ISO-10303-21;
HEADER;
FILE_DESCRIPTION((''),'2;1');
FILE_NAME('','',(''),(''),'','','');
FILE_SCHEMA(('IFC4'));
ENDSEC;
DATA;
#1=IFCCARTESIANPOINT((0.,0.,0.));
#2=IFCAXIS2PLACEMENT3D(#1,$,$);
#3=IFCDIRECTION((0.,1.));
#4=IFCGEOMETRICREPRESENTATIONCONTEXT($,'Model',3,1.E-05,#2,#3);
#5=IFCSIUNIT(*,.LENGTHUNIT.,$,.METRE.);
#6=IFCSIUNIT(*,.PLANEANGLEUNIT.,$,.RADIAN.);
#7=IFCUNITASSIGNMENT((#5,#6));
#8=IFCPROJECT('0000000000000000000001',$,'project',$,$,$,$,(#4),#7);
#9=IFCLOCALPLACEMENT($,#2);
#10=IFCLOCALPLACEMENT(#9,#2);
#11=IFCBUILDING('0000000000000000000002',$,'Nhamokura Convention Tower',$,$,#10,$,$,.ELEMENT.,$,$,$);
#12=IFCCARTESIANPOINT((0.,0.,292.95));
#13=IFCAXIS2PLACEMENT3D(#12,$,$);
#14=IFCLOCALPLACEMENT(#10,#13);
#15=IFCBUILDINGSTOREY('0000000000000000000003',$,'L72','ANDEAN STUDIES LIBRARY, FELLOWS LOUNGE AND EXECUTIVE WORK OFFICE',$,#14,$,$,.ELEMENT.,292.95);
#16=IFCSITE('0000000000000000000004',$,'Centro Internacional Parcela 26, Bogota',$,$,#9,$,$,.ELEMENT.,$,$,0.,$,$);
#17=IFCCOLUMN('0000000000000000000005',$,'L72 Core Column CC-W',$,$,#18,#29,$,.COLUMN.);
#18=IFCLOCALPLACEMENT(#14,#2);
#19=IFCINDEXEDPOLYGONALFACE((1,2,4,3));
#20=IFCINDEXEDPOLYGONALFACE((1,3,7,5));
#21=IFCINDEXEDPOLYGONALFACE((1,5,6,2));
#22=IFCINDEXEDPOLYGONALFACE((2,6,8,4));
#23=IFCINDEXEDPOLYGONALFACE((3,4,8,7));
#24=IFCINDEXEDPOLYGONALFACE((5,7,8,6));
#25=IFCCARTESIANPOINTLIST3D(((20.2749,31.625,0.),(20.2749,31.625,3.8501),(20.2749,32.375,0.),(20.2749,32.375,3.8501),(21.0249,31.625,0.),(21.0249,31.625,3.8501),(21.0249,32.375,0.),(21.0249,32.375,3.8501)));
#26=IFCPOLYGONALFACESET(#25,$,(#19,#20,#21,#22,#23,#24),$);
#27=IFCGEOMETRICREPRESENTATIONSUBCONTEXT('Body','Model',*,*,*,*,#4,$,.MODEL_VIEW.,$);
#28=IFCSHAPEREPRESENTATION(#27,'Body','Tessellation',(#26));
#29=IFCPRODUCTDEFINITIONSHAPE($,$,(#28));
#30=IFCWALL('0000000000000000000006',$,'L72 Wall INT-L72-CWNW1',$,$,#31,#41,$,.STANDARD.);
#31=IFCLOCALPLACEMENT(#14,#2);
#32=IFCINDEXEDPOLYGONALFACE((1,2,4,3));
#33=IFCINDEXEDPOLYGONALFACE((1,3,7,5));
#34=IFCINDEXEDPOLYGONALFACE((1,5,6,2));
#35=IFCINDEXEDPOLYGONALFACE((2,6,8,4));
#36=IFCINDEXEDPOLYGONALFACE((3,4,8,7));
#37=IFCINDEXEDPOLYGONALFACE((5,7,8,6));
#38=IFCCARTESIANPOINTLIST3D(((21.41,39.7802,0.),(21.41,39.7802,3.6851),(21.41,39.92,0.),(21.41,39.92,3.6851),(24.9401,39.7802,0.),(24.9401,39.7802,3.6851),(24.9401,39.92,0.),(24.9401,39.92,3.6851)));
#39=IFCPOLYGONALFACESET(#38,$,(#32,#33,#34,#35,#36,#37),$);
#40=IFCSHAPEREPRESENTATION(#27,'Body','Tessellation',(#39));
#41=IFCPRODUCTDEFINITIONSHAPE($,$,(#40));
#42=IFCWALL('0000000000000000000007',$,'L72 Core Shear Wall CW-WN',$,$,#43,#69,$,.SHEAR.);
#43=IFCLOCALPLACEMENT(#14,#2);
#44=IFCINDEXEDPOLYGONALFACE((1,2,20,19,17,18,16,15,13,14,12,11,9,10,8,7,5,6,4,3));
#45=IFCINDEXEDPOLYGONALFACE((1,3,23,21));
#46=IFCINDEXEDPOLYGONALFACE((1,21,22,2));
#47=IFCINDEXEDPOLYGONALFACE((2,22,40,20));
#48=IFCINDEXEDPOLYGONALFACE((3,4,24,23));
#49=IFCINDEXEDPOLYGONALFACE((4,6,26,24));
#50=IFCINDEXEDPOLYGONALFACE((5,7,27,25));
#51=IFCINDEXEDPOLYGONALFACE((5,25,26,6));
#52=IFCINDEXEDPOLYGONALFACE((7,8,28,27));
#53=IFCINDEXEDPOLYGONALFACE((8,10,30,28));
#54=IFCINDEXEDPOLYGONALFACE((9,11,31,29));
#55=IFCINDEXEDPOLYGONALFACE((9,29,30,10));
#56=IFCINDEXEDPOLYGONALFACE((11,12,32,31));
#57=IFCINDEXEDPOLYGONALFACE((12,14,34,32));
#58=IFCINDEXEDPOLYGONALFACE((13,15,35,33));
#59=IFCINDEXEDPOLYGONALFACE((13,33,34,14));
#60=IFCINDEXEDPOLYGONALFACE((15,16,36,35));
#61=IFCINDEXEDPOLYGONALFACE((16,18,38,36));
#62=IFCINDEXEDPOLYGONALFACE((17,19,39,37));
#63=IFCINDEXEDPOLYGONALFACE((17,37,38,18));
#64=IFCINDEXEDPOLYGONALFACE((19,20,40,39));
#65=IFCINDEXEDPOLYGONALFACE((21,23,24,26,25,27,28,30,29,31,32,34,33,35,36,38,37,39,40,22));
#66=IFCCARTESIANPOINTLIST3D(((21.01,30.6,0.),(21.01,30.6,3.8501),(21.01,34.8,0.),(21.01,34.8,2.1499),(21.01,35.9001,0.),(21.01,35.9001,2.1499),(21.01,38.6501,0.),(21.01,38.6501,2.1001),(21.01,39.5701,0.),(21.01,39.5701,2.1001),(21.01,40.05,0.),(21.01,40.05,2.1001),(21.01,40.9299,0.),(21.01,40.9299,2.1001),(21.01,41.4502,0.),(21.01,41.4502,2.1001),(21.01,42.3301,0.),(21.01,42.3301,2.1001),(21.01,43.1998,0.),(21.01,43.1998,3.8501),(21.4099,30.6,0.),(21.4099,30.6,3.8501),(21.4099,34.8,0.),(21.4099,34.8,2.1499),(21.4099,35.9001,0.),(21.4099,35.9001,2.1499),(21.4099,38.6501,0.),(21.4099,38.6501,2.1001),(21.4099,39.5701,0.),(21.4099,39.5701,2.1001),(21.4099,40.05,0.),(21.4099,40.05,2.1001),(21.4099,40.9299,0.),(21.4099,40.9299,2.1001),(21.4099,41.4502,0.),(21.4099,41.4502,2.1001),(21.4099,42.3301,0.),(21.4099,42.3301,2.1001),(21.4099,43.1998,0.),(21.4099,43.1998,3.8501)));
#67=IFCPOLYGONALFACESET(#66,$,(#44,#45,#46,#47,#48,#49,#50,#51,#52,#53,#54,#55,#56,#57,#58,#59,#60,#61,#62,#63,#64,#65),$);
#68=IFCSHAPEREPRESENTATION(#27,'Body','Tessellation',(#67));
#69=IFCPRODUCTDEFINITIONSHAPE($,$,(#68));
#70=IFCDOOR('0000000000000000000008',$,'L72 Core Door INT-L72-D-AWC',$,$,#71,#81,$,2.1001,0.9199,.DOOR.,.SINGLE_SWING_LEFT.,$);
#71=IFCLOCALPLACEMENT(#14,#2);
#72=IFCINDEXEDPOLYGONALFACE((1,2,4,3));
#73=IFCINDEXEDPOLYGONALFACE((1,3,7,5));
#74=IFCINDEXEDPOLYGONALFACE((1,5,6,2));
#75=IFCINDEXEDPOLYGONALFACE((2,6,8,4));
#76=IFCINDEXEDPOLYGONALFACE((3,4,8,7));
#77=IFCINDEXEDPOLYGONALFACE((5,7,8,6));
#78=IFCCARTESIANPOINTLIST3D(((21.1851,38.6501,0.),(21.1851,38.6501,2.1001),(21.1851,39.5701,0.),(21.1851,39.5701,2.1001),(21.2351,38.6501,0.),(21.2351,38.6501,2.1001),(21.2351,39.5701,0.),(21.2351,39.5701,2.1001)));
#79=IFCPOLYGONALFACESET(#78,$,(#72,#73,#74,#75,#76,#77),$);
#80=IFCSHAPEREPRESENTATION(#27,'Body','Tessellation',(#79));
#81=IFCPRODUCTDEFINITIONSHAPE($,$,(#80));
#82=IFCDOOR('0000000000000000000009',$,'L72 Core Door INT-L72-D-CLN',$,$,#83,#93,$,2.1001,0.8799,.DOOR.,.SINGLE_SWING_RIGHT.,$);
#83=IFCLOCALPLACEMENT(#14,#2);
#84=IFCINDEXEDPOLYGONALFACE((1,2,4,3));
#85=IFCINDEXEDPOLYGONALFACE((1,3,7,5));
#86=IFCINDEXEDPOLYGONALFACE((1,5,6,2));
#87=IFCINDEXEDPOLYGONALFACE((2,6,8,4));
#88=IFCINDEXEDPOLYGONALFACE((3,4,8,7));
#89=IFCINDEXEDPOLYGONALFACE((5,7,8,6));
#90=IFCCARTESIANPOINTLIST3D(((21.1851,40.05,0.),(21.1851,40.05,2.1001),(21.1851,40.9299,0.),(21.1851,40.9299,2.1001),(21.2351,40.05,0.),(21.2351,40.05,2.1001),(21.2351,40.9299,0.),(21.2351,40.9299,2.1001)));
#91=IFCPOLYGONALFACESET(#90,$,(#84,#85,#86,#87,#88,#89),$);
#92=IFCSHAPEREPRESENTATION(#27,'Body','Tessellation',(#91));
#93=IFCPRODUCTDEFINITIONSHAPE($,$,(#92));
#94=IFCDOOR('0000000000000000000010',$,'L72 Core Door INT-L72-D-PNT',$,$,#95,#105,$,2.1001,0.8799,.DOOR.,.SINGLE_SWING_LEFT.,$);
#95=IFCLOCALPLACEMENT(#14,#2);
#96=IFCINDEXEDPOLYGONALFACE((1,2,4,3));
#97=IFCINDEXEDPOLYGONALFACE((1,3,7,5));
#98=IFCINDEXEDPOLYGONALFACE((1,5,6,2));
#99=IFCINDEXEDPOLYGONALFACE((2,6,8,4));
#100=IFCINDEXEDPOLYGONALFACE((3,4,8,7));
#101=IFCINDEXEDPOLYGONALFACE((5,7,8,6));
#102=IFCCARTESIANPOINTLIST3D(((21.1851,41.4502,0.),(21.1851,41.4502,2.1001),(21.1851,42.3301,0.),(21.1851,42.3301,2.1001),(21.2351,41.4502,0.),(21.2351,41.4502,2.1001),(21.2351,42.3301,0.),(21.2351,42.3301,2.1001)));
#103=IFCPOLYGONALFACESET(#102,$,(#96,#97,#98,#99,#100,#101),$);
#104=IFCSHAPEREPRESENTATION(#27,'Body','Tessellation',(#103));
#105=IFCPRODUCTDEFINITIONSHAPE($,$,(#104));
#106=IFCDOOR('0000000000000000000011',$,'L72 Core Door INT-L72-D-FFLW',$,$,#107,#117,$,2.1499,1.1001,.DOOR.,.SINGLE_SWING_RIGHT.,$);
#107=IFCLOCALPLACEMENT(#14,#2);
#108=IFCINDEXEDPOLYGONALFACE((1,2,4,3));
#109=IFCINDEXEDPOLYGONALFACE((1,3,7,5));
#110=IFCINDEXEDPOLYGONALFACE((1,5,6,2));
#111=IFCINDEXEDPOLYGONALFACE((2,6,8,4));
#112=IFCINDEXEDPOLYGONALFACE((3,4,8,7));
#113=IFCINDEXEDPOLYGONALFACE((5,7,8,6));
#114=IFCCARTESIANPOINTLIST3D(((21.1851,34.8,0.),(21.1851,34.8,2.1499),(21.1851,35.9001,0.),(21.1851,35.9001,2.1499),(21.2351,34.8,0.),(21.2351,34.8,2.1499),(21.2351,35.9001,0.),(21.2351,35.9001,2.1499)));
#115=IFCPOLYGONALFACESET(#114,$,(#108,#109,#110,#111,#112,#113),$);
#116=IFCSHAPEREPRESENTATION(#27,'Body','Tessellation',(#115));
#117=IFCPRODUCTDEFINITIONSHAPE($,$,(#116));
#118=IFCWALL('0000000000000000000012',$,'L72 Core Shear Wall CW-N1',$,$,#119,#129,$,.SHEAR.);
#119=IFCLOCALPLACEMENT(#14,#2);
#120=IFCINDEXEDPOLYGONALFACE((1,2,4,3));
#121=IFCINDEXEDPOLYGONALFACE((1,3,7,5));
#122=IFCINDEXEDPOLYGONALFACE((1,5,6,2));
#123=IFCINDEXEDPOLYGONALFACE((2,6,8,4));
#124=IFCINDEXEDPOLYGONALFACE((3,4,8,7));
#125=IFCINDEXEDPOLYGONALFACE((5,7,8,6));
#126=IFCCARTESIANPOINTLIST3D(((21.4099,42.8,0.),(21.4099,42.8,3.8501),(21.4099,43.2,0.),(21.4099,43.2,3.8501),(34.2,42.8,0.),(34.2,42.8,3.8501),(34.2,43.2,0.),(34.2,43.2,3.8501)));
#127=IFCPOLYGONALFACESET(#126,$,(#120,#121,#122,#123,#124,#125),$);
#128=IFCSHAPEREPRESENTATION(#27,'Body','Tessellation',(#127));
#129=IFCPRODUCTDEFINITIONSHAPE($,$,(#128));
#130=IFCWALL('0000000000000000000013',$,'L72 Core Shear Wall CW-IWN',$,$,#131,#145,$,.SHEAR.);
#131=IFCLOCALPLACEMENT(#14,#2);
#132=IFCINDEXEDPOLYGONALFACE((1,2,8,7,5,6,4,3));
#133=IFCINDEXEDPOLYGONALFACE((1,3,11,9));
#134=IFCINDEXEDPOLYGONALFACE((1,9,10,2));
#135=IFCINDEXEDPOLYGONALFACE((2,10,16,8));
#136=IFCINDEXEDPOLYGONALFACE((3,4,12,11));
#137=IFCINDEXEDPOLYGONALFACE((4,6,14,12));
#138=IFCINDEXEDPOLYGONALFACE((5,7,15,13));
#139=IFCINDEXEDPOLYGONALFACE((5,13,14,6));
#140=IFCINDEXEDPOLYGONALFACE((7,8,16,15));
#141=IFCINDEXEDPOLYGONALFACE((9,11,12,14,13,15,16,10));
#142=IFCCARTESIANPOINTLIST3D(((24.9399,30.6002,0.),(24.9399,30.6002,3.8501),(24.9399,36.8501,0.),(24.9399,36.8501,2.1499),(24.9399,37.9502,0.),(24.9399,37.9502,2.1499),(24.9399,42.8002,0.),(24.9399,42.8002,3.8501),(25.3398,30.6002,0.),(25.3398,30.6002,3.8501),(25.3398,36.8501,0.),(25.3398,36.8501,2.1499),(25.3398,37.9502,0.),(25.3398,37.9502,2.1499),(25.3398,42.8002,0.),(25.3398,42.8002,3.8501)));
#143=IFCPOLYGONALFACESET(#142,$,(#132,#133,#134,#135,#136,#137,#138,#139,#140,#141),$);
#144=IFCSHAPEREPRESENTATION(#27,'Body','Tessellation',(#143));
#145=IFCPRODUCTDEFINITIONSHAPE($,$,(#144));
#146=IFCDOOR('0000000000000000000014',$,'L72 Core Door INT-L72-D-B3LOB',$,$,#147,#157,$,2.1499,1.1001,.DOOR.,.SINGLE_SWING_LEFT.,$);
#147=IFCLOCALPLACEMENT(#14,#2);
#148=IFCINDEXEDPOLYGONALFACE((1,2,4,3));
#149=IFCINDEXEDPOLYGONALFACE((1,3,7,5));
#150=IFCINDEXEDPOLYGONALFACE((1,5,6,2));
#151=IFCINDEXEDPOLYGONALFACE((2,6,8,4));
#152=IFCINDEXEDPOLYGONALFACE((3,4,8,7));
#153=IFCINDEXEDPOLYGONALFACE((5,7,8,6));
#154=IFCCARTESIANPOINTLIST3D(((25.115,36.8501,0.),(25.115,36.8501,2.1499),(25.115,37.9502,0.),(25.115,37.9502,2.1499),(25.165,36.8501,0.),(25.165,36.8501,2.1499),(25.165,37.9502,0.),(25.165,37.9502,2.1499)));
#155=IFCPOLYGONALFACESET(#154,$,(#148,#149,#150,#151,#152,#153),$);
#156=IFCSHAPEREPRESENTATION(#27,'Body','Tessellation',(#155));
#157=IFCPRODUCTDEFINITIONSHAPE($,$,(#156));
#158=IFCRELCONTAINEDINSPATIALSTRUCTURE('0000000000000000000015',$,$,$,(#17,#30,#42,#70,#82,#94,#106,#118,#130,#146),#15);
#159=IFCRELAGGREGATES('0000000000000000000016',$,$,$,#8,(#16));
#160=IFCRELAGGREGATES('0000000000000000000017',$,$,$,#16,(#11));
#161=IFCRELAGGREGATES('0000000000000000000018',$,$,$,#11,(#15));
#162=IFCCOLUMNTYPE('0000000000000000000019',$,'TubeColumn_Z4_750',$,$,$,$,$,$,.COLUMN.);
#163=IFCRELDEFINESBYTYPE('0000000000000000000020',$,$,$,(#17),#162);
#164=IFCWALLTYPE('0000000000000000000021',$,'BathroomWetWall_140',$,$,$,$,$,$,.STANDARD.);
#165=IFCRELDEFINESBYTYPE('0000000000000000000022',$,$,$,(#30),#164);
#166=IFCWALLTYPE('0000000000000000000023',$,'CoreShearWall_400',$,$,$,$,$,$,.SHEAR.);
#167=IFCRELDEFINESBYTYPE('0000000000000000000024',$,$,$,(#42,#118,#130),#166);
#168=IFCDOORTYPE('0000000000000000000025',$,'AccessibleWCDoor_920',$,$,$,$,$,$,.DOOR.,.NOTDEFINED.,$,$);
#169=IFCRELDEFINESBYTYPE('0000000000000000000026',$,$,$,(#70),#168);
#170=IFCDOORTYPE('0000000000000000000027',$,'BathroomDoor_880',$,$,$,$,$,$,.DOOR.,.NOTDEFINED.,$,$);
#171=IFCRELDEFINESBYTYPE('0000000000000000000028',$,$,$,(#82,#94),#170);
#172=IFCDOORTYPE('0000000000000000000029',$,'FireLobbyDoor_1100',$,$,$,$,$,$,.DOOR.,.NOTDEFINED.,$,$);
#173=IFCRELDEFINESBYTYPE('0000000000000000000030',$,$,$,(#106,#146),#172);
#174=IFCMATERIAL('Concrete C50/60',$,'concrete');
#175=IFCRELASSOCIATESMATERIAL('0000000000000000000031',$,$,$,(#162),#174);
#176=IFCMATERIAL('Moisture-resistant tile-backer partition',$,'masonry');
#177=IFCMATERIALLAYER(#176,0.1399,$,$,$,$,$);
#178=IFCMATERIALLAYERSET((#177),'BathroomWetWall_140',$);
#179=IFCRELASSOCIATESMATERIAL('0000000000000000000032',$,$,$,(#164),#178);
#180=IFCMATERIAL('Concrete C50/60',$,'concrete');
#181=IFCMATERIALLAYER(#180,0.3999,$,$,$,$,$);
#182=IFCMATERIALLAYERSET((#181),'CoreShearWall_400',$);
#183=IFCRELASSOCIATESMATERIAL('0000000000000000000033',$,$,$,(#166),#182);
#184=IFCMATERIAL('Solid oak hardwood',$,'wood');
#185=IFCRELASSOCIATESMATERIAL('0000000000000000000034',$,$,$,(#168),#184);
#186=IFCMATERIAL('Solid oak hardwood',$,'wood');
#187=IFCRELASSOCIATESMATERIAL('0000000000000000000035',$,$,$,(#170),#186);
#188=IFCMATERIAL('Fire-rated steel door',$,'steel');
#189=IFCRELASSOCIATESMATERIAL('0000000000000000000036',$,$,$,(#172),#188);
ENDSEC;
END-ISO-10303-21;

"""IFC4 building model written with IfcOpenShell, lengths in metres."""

from ifc_helpers import new_model, si_unit, direction, frame, frame_2d, origin, origin_2d, place, context, subcontext, project, spatial, rectangle, extrude, material, layer, layer_set, material_profile, profile_set, type_object, element, fill, save


model = new_model("IFC4")

# Units and contexts
model_context = context("Model", 3, precision=1e-05, world=origin(), true_north=direction((0.0, 1.0)))
body_context = subcontext(model_context, "Body", "Model", "MODEL_VIEW")
ifc_project = project(units=[si_unit("LENGTHUNIT", "METRE"), si_unit("PLANEANGLEUNIT", "RADIAN")], contexts=[model_context])

# Site, building, storey
site_placement = place(None, origin())
site = spatial("IfcSite", under=ifc_project, at=site_placement, Name="Centro Internacional Parcela 26, Bogota", CompositionType="ELEMENT", RefElevation=0.0)
building_placement = place(site_placement, origin())
building = spatial("IfcBuilding", under=site, at=building_placement, Name="Nhamokura Convention Tower", CompositionType="ELEMENT")
storey_placement = place(building_placement, frame((0.0, 0.0, 292.95)))
storey = spatial("IfcBuildingStorey", under=building, at=storey_placement, Name="L72", Description="ANDEAN STUDIES LIBRARY, FELLOWS LOUNGE AND EXECUTIVE WORK OFFICE", CompositionType="ELEMENT", Elevation=292.95)

# Column
ifc_material_1 = material(Name="Concrete C50/60", Category="concrete")
ifc_material_profile = material_profile(ifc_material_1, rectangle(XDim=0.75, YDim=0.75, at=origin_2d()))
ifc_profile_set = profile_set([ifc_material_profile], Name="Concrete C50/60")
column_type = type_object("IfcColumnType", Name="TubeColumn_Z4_750", PredefinedType="COLUMN", material=ifc_profile_set)
column_placement = place(storey_placement, frame((20.6499, 32.0, 0.0), z_axis=(0.0, 0.0, 1.0), x_axis=(1.0, 0.0, 0.0)))
element("IfcColumn", 1, at=column_placement, inside=storey, type_object=column_type, Name="L72 Core Column CC-W", PredefinedType="COLUMN", context=body_context, shape_type="SweptSolid", body=[
    extrude(rectangle(XDim=0.75, YDim=0.75, at=origin_2d()), origin(), (0.0, 0.0, 1.0), 3.8501),
])

# Wall
ifc_material_2 = material(Name="Moisture-resistant tile-backer partition", Category="masonry")
ifc_layer_1 = layer(ifc_material_2, 0.1399)
ifc_layer_set_1 = layer_set([ifc_layer_1], Name="BathroomWetWall_140")
wall_type_1 = type_object("IfcWallType", Name="BathroomWetWall_140", PredefinedType="STANDARD", material=ifc_layer_set_1)
wall_1_placement = place(storey_placement, frame((21.4099, 39.8501, 0.0), z_axis=(0.0, 0.0, 1.0), x_axis=(1.0, 0.0, 0.0)))
element("IfcWall", 2, at=wall_1_placement, inside=storey, type_object=wall_type_1, Name="L72 Wall INT-L72-CWNW1", PredefinedType="STANDARD", context=body_context, shape_type="SweptSolid", body=[
    extrude(rectangle(XDim=3.53, YDim=0.1399, at=frame_2d((1.7651, 0.0))), origin(), (0.0, 0.0, 1.0), 3.6851),
])

# Wall, openings, doors
ifc_material_3 = material(Name="Concrete C50/60", Category="concrete")
ifc_layer_2 = layer(ifc_material_3, 0.3999)
ifc_layer_set_2 = layer_set([ifc_layer_2], Name="CoreShearWall_400")
wall_type_2 = type_object("IfcWallType", Name="CoreShearWall_400", PredefinedType="SHEAR", material=ifc_layer_set_2)
wall_2_placement = place(storey_placement, frame((21.21, 30.6001, 0.0), z_axis=(0.0, 0.0, 1.0), x_axis=(0.0, 1.0, 0.0)))
wall_2 = element("IfcWall", 3, at=wall_2_placement, inside=storey, type_object=wall_type_2, Name="L72 Core Shear Wall CW-WN", PredefinedType="SHEAR", context=body_context, shape_type="SweptSolid", body=[
    extrude(rectangle(XDim=12.5999, YDim=0.3999, at=frame_2d((6.2998, 0.0))), origin(), (0.0, 0.0, 1.0), 3.8501),
])
opening_1_placement = place(wall_2_placement, frame((4.2, 0.0, 0.0)))
opening_1 = element("IfcOpeningElement", 4, at=opening_1_placement, cuts=wall_2, PredefinedType="OPENING", context=body_context, shape_type="SweptSolid", body=[
    extrude(rectangle(XDim=1.1001, YDim=2.1499, at=frame_2d((0.55, 1.075))), frame((0.0, 0.21, 0.0), z_axis=(0.0, -1.0, 0.0), x_axis=(1.0, 0.0, 0.0)), (0.0, 0.0, 1.0), 0.4199),
])
opening_2_placement = place(wall_2_placement, frame((8.05, 0.0, 0.0)))
opening_2 = element("IfcOpeningElement", 5, at=opening_2_placement, cuts=wall_2, PredefinedType="OPENING", context=body_context, shape_type="SweptSolid", body=[
    extrude(rectangle(XDim=0.9199, YDim=2.1001, at=frame_2d((0.46, 1.05))), frame((0.0, 0.21, 0.0), z_axis=(0.0, -1.0, 0.0), x_axis=(1.0, 0.0, 0.0)), (0.0, 0.0, 1.0), 0.4199),
])
opening_3_placement = place(wall_2_placement, frame((9.45, 0.0, 0.0)))
opening_3 = element("IfcOpeningElement", 6, at=opening_3_placement, cuts=wall_2, PredefinedType="OPENING", context=body_context, shape_type="SweptSolid", body=[
    extrude(rectangle(XDim=0.8799, YDim=2.1001, at=frame_2d((0.4399, 1.05))), frame((0.0, 0.21, 0.0), z_axis=(0.0, -1.0, 0.0), x_axis=(1.0, 0.0, 0.0)), (0.0, 0.0, 1.0), 0.4199),
])
opening_4_placement = place(wall_2_placement, frame((10.8501, 0.0, 0.0)))
opening_4 = element("IfcOpeningElement", 7, at=opening_4_placement, cuts=wall_2, PredefinedType="OPENING", context=body_context, shape_type="SweptSolid", body=[
    extrude(rectangle(XDim=0.8799, YDim=2.1001, at=frame_2d((0.4399, 1.05))), frame((0.0, 0.21, 0.0), z_axis=(0.0, -1.0, 0.0), x_axis=(1.0, 0.0, 0.0)), (0.0, 0.0, 1.0), 0.4199),
])
ifc_material_4 = material(Name="Solid oak hardwood", Category="wood")
door_type_1 = type_object("IfcDoorType", Name="AccessibleWCDoor_920", OperationType="NOTDEFINED", PredefinedType="DOOR", material=ifc_material_4)
door_1_placement = place(opening_2_placement, origin())
door_1 = element("IfcDoor", 8, at=door_1_placement, inside=storey, type_object=door_type_1, Name="L72 Core Door INT-L72-D-AWC", OperationType="SINGLE_SWING_LEFT", OverallHeight=2.1001, OverallWidth=0.9199, PredefinedType="DOOR", context=body_context, shape_type="SweptSolid", body=[
    extrude(rectangle(XDim=0.9199, YDim=2.1001, at=frame_2d((0.46, 1.05))), frame((0.0, 0.0249, 0.0), z_axis=(0.0, -1.0, 0.0), x_axis=(1.0, 0.0, 0.0)), (0.0, 0.0, 1.0), 0.05),
])
fill(opening_2, door_1)
ifc_material_5 = material(Name="Solid oak hardwood", Category="wood")
door_type_2 = type_object("IfcDoorType", Name="BathroomDoor_880", OperationType="NOTDEFINED", PredefinedType="DOOR", material=ifc_material_5)
door_2_placement = place(opening_3_placement, origin())
door_2 = element("IfcDoor", 9, at=door_2_placement, inside=storey, type_object=door_type_2, Name="L72 Core Door INT-L72-D-CLN", OperationType="SINGLE_SWING_RIGHT", OverallHeight=2.1001, OverallWidth=0.8799, PredefinedType="DOOR", context=body_context, shape_type="SweptSolid", body=[
    extrude(rectangle(XDim=0.8799, YDim=2.1001, at=frame_2d((0.4399, 1.05))), frame((0.0, 0.0249, 0.0), z_axis=(0.0, -1.0, 0.0), x_axis=(1.0, 0.0, 0.0)), (0.0, 0.0, 1.0), 0.05),
])
fill(opening_3, door_2)
door_3_placement = place(opening_4_placement, origin())
door_3 = element("IfcDoor", 10, at=door_3_placement, inside=storey, type_object=door_type_2, Name="L72 Core Door INT-L72-D-PNT", OperationType="SINGLE_SWING_LEFT", OverallHeight=2.1001, OverallWidth=0.8799, PredefinedType="DOOR", context=body_context, shape_type="SweptSolid", body=[
    extrude(rectangle(XDim=0.8799, YDim=2.1001, at=frame_2d((0.4399, 1.05))), frame((0.0, 0.0249, 0.0), z_axis=(0.0, -1.0, 0.0), x_axis=(1.0, 0.0, 0.0)), (0.0, 0.0, 1.0), 0.05),
])
fill(opening_4, door_3)
ifc_material_6 = material(Name="Fire-rated steel door", Category="steel")
door_type_3 = type_object("IfcDoorType", Name="FireLobbyDoor_1100", OperationType="NOTDEFINED", PredefinedType="DOOR", material=ifc_material_6)
door_4_placement = place(opening_1_placement, origin())
door_4 = element("IfcDoor", 11, at=door_4_placement, inside=storey, type_object=door_type_3, Name="L72 Core Door INT-L72-D-FFLW", OperationType="SINGLE_SWING_RIGHT", OverallHeight=2.1499, OverallWidth=1.1001, PredefinedType="DOOR", context=body_context, shape_type="SweptSolid", body=[
    extrude(rectangle(XDim=1.1001, YDim=2.1499, at=frame_2d((0.55, 1.075))), frame((0.0, 0.0249, 0.0), z_axis=(0.0, -1.0, 0.0), x_axis=(1.0, 0.0, 0.0)), (0.0, 0.0, 1.0), 0.05),
])
fill(opening_1, door_4)

# Wall
wall_3_placement = place(storey_placement, frame((21.4099, 43.0, 0.0), z_axis=(0.0, 0.0, 1.0), x_axis=(1.0, 0.0, 0.0)))
element("IfcWall", 12, at=wall_3_placement, inside=storey, type_object=wall_type_2, Name="L72 Core Shear Wall CW-N1", PredefinedType="SHEAR", context=body_context, shape_type="SweptSolid", body=[
    extrude(rectangle(XDim=12.79, YDim=0.3999, at=frame_2d((6.395, 0.0))), origin(), (0.0, 0.0, 1.0), 3.8501),
])

# Wall, opening, door
wall_4_placement = place(storey_placement, frame((25.1399, 30.6001, 0.0), z_axis=(0.0, 0.0, 1.0), x_axis=(0.0, 1.0, 0.0)))
wall_4 = element("IfcWall", 13, at=wall_4_placement, inside=storey, type_object=wall_type_2, Name="L72 Core Shear Wall CW-IWN", PredefinedType="SHEAR", context=body_context, shape_type="SweptSolid", body=[
    extrude(rectangle(XDim=12.2, YDim=0.3999, at=frame_2d((6.1001, 0.0))), origin(), (0.0, 0.0, 1.0), 3.8501),
])
opening_5_placement = place(wall_4_placement, frame((6.25, 0.0, 0.0)))
opening_5 = element("IfcOpeningElement", 14, at=opening_5_placement, cuts=wall_4, PredefinedType="OPENING", context=body_context, shape_type="SweptSolid", body=[
    extrude(rectangle(XDim=1.1001, YDim=2.1499, at=frame_2d((0.55, 1.075))), frame((0.0, 0.21, 0.0), z_axis=(0.0, -1.0, 0.0), x_axis=(1.0, 0.0, 0.0)), (0.0, 0.0, 1.0), 0.4199),
])
door_5_placement = place(opening_5_placement, origin())
door_5 = element("IfcDoor", 15, at=door_5_placement, inside=storey, type_object=door_type_3, Name="L72 Core Door INT-L72-D-B3LOB", OperationType="SINGLE_SWING_LEFT", OverallHeight=2.1499, OverallWidth=1.1001, PredefinedType="DOOR", context=body_context, shape_type="SweptSolid", body=[
    extrude(rectangle(XDim=1.1001, YDim=2.1499, at=frame_2d((0.55, 1.075))), frame((0.0, 0.0249, 0.0), z_axis=(0.0, -1.0, 0.0), x_axis=(1.0, 0.0, 0.0)), (0.0, 0.0, 1.0), 0.05),
])
fill(opening_5, door_5)

save(model, "model.ifc")
